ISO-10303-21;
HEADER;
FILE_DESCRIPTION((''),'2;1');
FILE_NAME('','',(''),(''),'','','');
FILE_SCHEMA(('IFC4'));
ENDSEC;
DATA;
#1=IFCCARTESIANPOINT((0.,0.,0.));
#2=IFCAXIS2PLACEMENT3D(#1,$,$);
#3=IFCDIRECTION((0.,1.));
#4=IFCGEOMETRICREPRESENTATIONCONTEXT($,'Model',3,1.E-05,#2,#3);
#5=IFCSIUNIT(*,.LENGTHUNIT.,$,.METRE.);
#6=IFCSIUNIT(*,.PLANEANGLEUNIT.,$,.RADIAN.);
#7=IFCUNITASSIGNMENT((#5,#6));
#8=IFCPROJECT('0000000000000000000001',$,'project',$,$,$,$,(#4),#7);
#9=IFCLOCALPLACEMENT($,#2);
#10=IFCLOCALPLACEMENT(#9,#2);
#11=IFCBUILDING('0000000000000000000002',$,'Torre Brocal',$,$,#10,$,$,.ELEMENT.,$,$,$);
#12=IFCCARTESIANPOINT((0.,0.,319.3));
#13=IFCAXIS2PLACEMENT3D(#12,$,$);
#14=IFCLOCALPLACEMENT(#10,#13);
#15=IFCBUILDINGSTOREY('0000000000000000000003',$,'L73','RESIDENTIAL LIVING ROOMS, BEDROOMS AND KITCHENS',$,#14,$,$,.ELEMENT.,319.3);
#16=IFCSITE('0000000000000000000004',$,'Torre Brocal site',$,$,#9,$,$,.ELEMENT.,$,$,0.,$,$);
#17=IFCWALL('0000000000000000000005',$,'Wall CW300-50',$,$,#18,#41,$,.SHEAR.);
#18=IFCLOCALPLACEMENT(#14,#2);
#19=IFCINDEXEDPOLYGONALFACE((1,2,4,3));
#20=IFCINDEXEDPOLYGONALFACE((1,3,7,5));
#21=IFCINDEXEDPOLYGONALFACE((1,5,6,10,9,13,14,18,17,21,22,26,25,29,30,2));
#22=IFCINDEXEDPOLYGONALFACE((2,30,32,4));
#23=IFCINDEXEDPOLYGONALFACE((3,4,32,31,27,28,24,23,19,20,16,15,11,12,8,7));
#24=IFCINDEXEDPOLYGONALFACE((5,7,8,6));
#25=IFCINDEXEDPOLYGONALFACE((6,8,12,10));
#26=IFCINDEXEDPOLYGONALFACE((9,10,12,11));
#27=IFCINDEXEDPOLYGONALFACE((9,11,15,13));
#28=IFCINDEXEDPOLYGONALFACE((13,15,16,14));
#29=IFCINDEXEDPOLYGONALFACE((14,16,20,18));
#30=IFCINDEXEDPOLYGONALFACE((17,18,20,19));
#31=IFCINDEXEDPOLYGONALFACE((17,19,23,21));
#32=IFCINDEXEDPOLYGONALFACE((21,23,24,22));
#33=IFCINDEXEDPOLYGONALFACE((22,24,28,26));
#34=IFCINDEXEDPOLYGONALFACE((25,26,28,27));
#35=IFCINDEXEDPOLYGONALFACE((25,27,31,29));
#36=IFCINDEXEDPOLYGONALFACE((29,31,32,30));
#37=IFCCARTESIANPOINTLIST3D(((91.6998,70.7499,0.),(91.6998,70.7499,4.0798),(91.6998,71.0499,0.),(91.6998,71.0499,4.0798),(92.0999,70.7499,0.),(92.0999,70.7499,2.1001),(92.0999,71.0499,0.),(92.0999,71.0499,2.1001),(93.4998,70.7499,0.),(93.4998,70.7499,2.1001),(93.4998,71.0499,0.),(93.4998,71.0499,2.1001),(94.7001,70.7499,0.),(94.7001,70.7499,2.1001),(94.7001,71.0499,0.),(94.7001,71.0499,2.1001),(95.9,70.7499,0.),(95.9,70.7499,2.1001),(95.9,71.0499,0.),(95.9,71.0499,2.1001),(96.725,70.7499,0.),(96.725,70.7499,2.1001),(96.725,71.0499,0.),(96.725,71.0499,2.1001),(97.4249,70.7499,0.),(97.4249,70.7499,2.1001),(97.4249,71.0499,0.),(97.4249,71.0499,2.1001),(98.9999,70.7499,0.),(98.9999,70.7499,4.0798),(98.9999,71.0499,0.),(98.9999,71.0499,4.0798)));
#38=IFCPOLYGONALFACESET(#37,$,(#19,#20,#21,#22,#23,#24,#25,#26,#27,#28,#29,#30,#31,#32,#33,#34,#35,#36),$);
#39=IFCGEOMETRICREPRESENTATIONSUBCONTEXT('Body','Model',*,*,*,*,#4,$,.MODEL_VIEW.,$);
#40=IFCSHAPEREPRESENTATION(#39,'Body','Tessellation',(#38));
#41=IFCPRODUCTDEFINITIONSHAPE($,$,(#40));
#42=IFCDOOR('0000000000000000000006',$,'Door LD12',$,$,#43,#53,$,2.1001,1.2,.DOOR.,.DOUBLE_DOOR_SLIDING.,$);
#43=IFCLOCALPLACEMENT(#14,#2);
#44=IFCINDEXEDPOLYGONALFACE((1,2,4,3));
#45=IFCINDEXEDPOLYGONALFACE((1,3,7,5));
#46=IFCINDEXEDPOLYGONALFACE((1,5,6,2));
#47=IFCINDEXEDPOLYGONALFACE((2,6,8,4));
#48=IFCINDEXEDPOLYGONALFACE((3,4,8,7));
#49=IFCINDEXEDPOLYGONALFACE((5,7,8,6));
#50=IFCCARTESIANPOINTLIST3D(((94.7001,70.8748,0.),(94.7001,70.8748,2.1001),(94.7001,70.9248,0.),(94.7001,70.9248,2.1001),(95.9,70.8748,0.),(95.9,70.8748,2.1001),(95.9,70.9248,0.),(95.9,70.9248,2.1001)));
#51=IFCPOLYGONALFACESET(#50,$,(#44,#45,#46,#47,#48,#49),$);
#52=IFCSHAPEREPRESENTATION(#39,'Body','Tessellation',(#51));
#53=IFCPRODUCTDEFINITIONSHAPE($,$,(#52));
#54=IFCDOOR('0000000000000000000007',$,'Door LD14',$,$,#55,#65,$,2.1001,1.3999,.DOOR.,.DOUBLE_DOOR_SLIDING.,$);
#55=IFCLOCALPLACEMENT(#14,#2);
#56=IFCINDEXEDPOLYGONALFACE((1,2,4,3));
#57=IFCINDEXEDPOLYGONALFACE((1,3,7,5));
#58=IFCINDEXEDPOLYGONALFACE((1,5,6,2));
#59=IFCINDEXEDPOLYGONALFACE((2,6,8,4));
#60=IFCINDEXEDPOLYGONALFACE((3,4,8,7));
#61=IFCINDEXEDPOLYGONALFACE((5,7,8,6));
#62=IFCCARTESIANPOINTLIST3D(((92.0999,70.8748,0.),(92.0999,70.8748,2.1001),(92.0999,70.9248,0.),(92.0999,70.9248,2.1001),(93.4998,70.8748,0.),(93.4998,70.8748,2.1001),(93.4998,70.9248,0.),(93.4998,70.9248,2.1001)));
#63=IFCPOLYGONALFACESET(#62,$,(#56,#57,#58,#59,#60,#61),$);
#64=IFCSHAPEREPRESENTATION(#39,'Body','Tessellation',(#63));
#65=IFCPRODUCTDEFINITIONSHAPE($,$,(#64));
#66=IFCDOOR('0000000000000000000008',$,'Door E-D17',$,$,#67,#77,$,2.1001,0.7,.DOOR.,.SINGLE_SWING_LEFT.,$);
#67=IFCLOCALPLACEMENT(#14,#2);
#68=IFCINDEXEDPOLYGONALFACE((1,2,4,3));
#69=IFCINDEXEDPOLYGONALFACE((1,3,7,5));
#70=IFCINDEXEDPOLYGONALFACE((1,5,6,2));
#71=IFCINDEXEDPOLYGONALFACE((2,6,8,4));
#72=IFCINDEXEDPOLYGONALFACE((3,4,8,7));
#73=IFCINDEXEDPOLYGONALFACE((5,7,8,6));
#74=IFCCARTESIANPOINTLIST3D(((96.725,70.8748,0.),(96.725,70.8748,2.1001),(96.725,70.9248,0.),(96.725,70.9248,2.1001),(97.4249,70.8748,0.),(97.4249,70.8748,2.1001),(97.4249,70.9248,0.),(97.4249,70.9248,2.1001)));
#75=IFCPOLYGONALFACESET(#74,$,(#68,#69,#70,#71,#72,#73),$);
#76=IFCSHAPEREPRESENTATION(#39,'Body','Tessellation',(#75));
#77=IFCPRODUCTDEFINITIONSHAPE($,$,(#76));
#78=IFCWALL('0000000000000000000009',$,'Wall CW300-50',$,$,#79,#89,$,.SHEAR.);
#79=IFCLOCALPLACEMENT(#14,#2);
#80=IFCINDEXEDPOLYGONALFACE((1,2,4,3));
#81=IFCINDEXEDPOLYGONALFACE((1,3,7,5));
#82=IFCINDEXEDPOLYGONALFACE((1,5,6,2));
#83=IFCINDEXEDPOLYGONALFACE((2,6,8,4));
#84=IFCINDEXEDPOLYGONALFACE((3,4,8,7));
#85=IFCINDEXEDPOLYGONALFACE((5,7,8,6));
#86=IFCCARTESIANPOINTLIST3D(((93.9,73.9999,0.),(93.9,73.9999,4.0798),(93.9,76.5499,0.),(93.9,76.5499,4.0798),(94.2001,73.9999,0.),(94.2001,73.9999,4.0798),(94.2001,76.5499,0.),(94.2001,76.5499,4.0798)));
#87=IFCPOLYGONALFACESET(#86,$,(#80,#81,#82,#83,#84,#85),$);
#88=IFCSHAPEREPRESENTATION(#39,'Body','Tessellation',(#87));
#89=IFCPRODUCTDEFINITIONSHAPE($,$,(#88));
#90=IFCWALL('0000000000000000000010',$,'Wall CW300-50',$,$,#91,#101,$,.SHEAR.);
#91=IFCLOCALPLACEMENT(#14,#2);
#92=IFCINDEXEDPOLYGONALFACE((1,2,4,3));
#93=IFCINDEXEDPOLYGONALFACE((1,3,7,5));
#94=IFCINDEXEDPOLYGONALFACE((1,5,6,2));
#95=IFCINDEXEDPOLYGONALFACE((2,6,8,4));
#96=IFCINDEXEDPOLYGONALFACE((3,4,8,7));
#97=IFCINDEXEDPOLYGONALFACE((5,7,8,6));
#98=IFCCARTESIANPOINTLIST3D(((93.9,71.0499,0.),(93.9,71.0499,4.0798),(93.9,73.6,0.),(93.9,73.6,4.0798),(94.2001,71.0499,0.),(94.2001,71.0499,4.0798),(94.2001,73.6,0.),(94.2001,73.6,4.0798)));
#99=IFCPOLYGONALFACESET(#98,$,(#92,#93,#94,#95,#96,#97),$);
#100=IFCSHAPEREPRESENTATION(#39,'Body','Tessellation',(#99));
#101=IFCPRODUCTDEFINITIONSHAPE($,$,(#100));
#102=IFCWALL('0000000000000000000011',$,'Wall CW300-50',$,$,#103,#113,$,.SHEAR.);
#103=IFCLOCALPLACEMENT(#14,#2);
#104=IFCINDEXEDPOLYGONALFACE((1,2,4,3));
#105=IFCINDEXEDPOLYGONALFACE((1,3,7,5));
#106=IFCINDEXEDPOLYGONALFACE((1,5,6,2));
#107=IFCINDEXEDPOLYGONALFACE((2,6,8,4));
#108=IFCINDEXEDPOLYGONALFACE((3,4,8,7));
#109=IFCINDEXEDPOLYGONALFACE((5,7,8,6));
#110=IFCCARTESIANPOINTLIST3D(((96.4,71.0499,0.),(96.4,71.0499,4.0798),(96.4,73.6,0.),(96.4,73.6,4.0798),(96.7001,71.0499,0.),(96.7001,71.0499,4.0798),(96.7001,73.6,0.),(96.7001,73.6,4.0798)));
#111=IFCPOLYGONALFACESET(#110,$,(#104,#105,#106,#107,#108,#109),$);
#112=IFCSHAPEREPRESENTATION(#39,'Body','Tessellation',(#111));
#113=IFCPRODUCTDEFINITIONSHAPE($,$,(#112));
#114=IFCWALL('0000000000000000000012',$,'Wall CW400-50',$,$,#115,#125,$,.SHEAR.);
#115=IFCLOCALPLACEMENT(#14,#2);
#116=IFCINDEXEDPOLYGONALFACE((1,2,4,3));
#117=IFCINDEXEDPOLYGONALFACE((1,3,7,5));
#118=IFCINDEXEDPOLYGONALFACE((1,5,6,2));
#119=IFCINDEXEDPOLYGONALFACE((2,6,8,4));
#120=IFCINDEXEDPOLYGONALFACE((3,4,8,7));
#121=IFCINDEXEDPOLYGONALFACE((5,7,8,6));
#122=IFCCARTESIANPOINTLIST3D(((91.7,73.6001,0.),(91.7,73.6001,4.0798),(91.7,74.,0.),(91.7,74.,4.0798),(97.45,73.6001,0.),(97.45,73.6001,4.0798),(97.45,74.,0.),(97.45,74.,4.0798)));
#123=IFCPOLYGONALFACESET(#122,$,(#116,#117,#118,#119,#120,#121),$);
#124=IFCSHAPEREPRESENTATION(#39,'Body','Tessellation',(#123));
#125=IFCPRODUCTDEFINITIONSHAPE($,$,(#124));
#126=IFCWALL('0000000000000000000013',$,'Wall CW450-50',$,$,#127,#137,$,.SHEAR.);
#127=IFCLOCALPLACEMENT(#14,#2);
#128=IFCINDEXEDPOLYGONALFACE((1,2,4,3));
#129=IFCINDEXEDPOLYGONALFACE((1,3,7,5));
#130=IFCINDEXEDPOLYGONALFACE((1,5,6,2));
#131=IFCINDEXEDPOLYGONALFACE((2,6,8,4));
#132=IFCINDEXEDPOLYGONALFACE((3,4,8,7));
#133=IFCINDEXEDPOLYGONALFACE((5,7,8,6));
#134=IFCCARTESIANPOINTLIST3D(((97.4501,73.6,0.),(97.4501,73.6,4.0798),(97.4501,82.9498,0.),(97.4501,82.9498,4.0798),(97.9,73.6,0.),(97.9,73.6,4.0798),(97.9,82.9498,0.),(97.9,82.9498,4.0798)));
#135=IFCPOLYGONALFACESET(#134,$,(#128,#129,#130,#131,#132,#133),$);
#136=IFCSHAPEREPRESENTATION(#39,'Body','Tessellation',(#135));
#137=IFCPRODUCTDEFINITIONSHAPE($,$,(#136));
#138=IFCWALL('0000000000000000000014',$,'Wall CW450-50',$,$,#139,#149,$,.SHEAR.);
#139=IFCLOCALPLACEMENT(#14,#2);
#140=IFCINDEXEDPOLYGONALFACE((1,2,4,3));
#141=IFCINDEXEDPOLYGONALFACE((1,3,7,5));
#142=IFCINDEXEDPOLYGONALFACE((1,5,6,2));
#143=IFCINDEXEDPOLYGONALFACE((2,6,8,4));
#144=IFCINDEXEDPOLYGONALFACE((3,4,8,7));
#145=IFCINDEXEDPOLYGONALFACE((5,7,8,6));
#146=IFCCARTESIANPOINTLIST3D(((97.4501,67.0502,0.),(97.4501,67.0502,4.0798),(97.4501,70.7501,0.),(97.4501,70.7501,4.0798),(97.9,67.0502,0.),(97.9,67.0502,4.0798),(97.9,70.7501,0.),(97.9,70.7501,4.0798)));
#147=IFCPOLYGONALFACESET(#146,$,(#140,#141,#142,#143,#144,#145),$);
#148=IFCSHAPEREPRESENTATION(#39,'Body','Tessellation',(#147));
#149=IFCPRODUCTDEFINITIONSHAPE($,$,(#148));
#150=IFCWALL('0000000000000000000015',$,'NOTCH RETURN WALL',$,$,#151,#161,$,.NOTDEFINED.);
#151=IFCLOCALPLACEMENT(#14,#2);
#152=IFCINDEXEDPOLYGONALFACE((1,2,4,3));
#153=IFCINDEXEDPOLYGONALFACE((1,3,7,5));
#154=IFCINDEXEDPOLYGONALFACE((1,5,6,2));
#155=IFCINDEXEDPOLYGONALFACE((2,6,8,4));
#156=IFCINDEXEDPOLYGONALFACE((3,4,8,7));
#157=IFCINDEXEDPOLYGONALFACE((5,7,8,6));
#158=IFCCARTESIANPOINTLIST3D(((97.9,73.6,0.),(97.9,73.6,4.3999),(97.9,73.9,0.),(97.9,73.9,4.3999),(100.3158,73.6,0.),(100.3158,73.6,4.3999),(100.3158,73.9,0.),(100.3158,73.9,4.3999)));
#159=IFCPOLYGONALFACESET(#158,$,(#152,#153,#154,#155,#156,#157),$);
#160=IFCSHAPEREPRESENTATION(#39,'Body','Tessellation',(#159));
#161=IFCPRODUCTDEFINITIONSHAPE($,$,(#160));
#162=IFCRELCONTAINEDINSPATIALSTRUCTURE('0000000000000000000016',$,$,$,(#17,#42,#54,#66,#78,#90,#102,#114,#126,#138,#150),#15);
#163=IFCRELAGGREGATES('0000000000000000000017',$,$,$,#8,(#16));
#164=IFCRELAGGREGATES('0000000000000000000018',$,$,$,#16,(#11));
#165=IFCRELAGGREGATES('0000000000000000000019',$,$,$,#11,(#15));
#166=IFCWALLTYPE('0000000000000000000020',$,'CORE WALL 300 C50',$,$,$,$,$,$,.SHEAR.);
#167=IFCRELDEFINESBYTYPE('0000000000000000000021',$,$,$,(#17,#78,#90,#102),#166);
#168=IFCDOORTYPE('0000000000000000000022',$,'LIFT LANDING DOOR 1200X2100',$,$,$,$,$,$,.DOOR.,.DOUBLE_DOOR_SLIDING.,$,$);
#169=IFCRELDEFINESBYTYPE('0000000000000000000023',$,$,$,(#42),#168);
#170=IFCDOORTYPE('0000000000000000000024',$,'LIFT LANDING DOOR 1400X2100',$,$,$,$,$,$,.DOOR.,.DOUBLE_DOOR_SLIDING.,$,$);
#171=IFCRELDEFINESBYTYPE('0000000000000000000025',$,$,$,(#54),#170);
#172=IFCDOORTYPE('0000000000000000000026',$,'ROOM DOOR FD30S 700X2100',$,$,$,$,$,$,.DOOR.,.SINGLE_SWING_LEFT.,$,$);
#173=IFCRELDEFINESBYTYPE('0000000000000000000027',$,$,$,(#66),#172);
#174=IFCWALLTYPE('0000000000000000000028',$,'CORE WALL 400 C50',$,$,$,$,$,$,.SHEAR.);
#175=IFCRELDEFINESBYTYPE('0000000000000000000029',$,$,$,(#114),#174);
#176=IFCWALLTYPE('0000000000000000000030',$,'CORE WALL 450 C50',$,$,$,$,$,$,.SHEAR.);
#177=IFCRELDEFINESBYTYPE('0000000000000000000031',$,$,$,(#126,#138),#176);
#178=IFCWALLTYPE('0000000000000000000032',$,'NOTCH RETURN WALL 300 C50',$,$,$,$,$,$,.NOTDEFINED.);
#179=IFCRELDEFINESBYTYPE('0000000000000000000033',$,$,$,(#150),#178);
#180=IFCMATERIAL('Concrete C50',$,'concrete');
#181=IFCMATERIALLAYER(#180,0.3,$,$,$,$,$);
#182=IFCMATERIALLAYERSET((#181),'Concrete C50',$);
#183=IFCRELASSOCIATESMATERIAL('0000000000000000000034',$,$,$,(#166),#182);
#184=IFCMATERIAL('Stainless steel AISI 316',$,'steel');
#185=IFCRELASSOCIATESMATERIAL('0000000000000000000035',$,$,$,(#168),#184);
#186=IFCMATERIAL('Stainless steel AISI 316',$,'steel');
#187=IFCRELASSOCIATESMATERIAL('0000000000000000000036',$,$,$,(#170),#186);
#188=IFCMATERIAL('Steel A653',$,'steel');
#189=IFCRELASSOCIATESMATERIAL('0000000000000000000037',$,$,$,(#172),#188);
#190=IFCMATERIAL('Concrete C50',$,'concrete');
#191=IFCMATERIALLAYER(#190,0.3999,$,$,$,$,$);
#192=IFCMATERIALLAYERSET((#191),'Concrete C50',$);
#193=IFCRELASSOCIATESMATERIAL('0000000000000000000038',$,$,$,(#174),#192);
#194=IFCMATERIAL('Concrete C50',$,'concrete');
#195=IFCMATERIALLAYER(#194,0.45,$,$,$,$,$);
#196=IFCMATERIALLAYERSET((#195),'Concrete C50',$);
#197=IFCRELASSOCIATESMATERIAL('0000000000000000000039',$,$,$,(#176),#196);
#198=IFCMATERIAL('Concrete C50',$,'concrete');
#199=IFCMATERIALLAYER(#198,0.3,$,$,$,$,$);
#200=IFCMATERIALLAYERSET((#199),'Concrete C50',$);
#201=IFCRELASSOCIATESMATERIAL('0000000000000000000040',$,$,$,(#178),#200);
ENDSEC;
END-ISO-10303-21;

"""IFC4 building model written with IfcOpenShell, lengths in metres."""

from ifc_helpers import new_model, si_unit, direction, frame, frame_2d, origin, place, context, subcontext, project, spatial, rectangle, extrude, material, layer, layer_set, type_object, element, fill, save


model = new_model("IFC4")

# Units and contexts
model_context = context("Model", 3, precision=1e-05, world=origin(), true_north=direction((0.0, 1.0)))
body_context = subcontext(model_context, "Body", "Model", "MODEL_VIEW")
ifc_project = project(units=[si_unit("LENGTHUNIT", "METRE"), si_unit("PLANEANGLEUNIT", "RADIAN")], contexts=[model_context])

# Site, building, storey
site_placement = place(None, origin())
site = spatial("IfcSite", under=ifc_project, at=site_placement, Name="Torre Brocal site", CompositionType="ELEMENT", RefElevation=0.0)
building_placement = place(site_placement, origin())
building = spatial("IfcBuilding", under=site, at=building_placement, Name="Torre Brocal", CompositionType="ELEMENT")
storey_placement = place(building_placement, frame((0.0, 0.0, 319.3)))
storey = spatial("IfcBuildingStorey", under=building, at=storey_placement, Name="L73", Description="RESIDENTIAL LIVING ROOMS, BEDROOMS AND KITCHENS", CompositionType="ELEMENT", Elevation=319.3)

# Wall, openings, doors
ifc_material_1 = material(Name="Concrete C50", Category="concrete")
ifc_layer_1 = layer(ifc_material_1, 0.3)
ifc_layer_set_1 = layer_set([ifc_layer_1], Name="Concrete C50")
wall_type_1 = type_object("IfcWallType", Name="CORE WALL 300 C50", PredefinedType="SHEAR", material=ifc_layer_set_1)
wall_1_placement = place(storey_placement, frame((91.7, 70.8999, 0.0), z_axis=(0.0, 0.0, 1.0), x_axis=(1.0, 0.0, 0.0)))
wall_1 = element("IfcWall", 1, at=wall_1_placement, inside=storey, type_object=wall_type_1, Name="Wall CW300-50", PredefinedType="SHEAR", context=body_context, shape_type="SweptSolid", body=[
    extrude(rectangle(XDim=7.3, YDim=0.3, at=frame_2d((3.6499, 0.0))), origin(), (0.0, 0.0, 1.0), 4.0798),
])
opening_1_placement = place(wall_1_placement, frame((0.3999, 0.0, 0.0)))
opening_1 = element("IfcOpeningElement", 2, at=opening_1_placement, cuts=wall_1, PredefinedType="OPENING", context=body_context, shape_type="SweptSolid", body=[
    extrude(rectangle(XDim=1.3999, YDim=2.1001, at=frame_2d((0.7, 1.05))), frame((0.0, 0.1599, 0.0), z_axis=(0.0, -1.0, 0.0), x_axis=(1.0, 0.0, 0.0)), (0.0, 0.0, 1.0), 0.3201),
])
opening_2_placement = place(wall_1_placement, frame((3.0, 0.0, 0.0)))
opening_2 = element("IfcOpeningElement", 3, at=opening_2_placement, cuts=wall_1, PredefinedType="OPENING", context=body_context, shape_type="SweptSolid", body=[
    extrude(rectangle(XDim=1.2, YDim=2.1001, at=frame_2d((0.6001, 1.05))), frame((0.0, 0.1599, 0.0), z_axis=(0.0, -1.0, 0.0), x_axis=(1.0, 0.0, 0.0)), (0.0, 0.0, 1.0), 0.3201),
])
opening_3_placement = place(wall_1_placement, frame((5.0249, 0.0, 0.0)))
opening_3 = element("IfcOpeningElement", 4, at=opening_3_placement, cuts=wall_1, PredefinedType="OPENING", context=body_context, shape_type="SweptSolid", body=[
    extrude(rectangle(XDim=0.7, YDim=2.1001, at=frame_2d((0.3501, 1.05))), frame((0.0, 0.1599, 0.0), z_axis=(0.0, -1.0, 0.0), x_axis=(1.0, 0.0, 0.0)), (0.0, 0.0, 1.0), 0.3201),
])
ifc_material_2 = material(Name="Stainless steel AISI 316", Category="steel")
door_type_1 = type_object("IfcDoorType", Name="LIFT LANDING DOOR 1200X2100", OperationType="DOUBLE_DOOR_SLIDING", PredefinedType="DOOR", material=ifc_material_2)
door_1_placement = place(opening_2_placement, origin())
door_1 = element("IfcDoor", 5, at=door_1_placement, inside=storey, type_object=door_type_1, Name="Door LD12", OperationType="DOUBLE_DOOR_SLIDING", OverallHeight=2.1001, OverallWidth=1.2, PredefinedType="DOOR", context=body_context, shape_type="SweptSolid", body=[
    extrude(rectangle(XDim=1.2, YDim=2.1001, at=frame_2d((0.6001, 1.05))), frame((0.0, 0.0249, 0.0), z_axis=(0.0, -1.0, 0.0), x_axis=(1.0, 0.0, 0.0)), (0.0, 0.0, 1.0), 0.05),
])
fill(opening_2, door_1)
ifc_material_3 = material(Name="Stainless steel AISI 316", Category="steel")
door_type_2 = type_object("IfcDoorType", Name="LIFT LANDING DOOR 1400X2100", OperationType="DOUBLE_DOOR_SLIDING", PredefinedType="DOOR", material=ifc_material_3)
door_2_placement = place(opening_1_placement, origin())
door_2 = element("IfcDoor", 6, at=door_2_placement, inside=storey, type_object=door_type_2, Name="Door LD14", OperationType="DOUBLE_DOOR_SLIDING", OverallHeight=2.1001, OverallWidth=1.3999, PredefinedType="DOOR", context=body_context, shape_type="SweptSolid", body=[
    extrude(rectangle(XDim=1.3999, YDim=2.1001, at=frame_2d((0.7, 1.05))), frame((0.0, 0.0249, 0.0), z_axis=(0.0, -1.0, 0.0), x_axis=(1.0, 0.0, 0.0)), (0.0, 0.0, 1.0), 0.05),
])
fill(opening_1, door_2)
ifc_material_4 = material(Name="Steel A653", Category="steel")
door_type_3 = type_object("IfcDoorType", Name="ROOM DOOR FD30S 700X2100", OperationType="SINGLE_SWING_LEFT", PredefinedType="DOOR", material=ifc_material_4)
door_3_placement = place(opening_3_placement, origin())
door_3 = element("IfcDoor", 7, at=door_3_placement, inside=storey, type_object=door_type_3, Name="Door E-D17", OperationType="SINGLE_SWING_LEFT", OverallHeight=2.1001, OverallWidth=0.7, PredefinedType="DOOR", context=body_context, shape_type="SweptSolid", body=[
    extrude(rectangle(XDim=0.7, YDim=2.1001, at=frame_2d((0.3501, 1.05))), frame((0.0, 0.0249, 0.0), z_axis=(0.0, -1.0, 0.0), x_axis=(1.0, 0.0, 0.0)), (0.0, 0.0, 1.0), 0.05),
])
fill(opening_3, door_3)

# Walls
for number, where, z_axis, x_axis, name in (
    (8, (94.05, 74.0, 0.0), (0.0, 0.0, 1.0), (0.0, 1.0, 0.0), "Wall CW300-50"),
    (9, (94.05, 71.05, 0.0), (0.0, 0.0, 1.0), (0.0, 1.0, 0.0), "Wall CW300-50"),
    (10, (96.55, 71.05, 0.0), (0.0, 0.0, 1.0), (0.0, 1.0, 0.0), "Wall CW300-50"),
):
    element("IfcWall", number, at=place(storey_placement, frame(where, z_axis=z_axis, x_axis=x_axis)), inside=storey, type_object=wall_type_1, Name=name, PredefinedType="SHEAR", context=body_context, shape_type="SweptSolid", body=[
        extrude(rectangle(XDim=2.55, YDim=0.3, at=frame_2d((1.2749, 0.0))), origin(), (0.0, 0.0, 1.0), 4.0798),
    ])
ifc_material_5 = material(Name="Concrete C50", Category="concrete")
ifc_layer_2 = layer(ifc_material_5, 0.3999)
ifc_layer_set_2 = layer_set([ifc_layer_2], Name="Concrete C50")
wall_type_2 = type_object("IfcWallType", Name="CORE WALL 400 C50", PredefinedType="SHEAR", material=ifc_layer_set_2)
wall_2_placement = place(storey_placement, frame((91.7, 73.8, 0.0), z_axis=(0.0, 0.0, 1.0), x_axis=(1.0, 0.0, 0.0)))
element("IfcWall", 11, at=wall_2_placement, inside=storey, type_object=wall_type_2, Name="Wall CW400-50", PredefinedType="SHEAR", context=body_context, shape_type="SweptSolid", body=[
    extrude(rectangle(XDim=5.75, YDim=0.3999, at=frame_2d((2.875, 0.0))), origin(), (0.0, 0.0, 1.0), 4.0798),
])
ifc_material_6 = material(Name="Concrete C50", Category="concrete")
ifc_layer_3 = layer(ifc_material_6, 0.45)
ifc_layer_set_3 = layer_set([ifc_layer_3], Name="Concrete C50")
wall_type_3 = type_object("IfcWallType", Name="CORE WALL 450 C50", PredefinedType="SHEAR", material=ifc_layer_set_3)
wall_3_placement = place(storey_placement, frame((97.675, 73.6001, 0.0), z_axis=(0.0, 0.0, 1.0), x_axis=(0.0, 1.0, 0.0)))
element("IfcWall", 12, at=wall_3_placement, inside=storey, type_object=wall_type_3, Name="Wall CW450-50", PredefinedType="SHEAR", context=body_context, shape_type="SweptSolid", body=[
    extrude(rectangle(XDim=9.3499, YDim=0.45, at=frame_2d((4.6748, 0.0))), origin(), (0.0, 0.0, 1.0), 4.0798),
])
wall_4_placement = place(storey_placement, frame((97.675, 67.05, 0.0), z_axis=(0.0, 0.0, 1.0), x_axis=(0.0, 1.0, 0.0)))
element("IfcWall", 13, at=wall_4_placement, inside=storey, type_object=wall_type_3, Name="Wall CW450-50", PredefinedType="SHEAR", context=body_context, shape_type="SweptSolid", body=[
    extrude(rectangle(XDim=3.7, YDim=0.45, at=frame_2d((1.8501, 0.0))), origin(), (0.0, 0.0, 1.0), 4.0798),
])
ifc_material_7 = material(Name="Concrete C50", Category="concrete")
ifc_layer_4 = layer(ifc_material_7, 0.3)
ifc_layer_set_4 = layer_set([ifc_layer_4], Name="Concrete C50")
wall_type_4 = type_object("IfcWallType", Name="NOTCH RETURN WALL 300 C50", PredefinedType="NOTDEFINED", material=ifc_layer_set_4)
wall_5_placement = place(storey_placement, frame((97.8999, 73.75, 0.0), z_axis=(0.0, 0.0, 1.0), x_axis=(1.0, 0.0, 0.0)))
element("IfcWall", 14, at=wall_5_placement, inside=storey, type_object=wall_type_4, Name="NOTCH RETURN WALL", PredefinedType="NOTDEFINED", context=body_context, shape_type="SweptSolid", body=[
    extrude(rectangle(XDim=2.4158, YDim=0.3, at=frame_2d((1.208, 0.0))), origin(), (0.0, 0.0, 1.0), 4.3999),
])

save(model, "model.ifc")
